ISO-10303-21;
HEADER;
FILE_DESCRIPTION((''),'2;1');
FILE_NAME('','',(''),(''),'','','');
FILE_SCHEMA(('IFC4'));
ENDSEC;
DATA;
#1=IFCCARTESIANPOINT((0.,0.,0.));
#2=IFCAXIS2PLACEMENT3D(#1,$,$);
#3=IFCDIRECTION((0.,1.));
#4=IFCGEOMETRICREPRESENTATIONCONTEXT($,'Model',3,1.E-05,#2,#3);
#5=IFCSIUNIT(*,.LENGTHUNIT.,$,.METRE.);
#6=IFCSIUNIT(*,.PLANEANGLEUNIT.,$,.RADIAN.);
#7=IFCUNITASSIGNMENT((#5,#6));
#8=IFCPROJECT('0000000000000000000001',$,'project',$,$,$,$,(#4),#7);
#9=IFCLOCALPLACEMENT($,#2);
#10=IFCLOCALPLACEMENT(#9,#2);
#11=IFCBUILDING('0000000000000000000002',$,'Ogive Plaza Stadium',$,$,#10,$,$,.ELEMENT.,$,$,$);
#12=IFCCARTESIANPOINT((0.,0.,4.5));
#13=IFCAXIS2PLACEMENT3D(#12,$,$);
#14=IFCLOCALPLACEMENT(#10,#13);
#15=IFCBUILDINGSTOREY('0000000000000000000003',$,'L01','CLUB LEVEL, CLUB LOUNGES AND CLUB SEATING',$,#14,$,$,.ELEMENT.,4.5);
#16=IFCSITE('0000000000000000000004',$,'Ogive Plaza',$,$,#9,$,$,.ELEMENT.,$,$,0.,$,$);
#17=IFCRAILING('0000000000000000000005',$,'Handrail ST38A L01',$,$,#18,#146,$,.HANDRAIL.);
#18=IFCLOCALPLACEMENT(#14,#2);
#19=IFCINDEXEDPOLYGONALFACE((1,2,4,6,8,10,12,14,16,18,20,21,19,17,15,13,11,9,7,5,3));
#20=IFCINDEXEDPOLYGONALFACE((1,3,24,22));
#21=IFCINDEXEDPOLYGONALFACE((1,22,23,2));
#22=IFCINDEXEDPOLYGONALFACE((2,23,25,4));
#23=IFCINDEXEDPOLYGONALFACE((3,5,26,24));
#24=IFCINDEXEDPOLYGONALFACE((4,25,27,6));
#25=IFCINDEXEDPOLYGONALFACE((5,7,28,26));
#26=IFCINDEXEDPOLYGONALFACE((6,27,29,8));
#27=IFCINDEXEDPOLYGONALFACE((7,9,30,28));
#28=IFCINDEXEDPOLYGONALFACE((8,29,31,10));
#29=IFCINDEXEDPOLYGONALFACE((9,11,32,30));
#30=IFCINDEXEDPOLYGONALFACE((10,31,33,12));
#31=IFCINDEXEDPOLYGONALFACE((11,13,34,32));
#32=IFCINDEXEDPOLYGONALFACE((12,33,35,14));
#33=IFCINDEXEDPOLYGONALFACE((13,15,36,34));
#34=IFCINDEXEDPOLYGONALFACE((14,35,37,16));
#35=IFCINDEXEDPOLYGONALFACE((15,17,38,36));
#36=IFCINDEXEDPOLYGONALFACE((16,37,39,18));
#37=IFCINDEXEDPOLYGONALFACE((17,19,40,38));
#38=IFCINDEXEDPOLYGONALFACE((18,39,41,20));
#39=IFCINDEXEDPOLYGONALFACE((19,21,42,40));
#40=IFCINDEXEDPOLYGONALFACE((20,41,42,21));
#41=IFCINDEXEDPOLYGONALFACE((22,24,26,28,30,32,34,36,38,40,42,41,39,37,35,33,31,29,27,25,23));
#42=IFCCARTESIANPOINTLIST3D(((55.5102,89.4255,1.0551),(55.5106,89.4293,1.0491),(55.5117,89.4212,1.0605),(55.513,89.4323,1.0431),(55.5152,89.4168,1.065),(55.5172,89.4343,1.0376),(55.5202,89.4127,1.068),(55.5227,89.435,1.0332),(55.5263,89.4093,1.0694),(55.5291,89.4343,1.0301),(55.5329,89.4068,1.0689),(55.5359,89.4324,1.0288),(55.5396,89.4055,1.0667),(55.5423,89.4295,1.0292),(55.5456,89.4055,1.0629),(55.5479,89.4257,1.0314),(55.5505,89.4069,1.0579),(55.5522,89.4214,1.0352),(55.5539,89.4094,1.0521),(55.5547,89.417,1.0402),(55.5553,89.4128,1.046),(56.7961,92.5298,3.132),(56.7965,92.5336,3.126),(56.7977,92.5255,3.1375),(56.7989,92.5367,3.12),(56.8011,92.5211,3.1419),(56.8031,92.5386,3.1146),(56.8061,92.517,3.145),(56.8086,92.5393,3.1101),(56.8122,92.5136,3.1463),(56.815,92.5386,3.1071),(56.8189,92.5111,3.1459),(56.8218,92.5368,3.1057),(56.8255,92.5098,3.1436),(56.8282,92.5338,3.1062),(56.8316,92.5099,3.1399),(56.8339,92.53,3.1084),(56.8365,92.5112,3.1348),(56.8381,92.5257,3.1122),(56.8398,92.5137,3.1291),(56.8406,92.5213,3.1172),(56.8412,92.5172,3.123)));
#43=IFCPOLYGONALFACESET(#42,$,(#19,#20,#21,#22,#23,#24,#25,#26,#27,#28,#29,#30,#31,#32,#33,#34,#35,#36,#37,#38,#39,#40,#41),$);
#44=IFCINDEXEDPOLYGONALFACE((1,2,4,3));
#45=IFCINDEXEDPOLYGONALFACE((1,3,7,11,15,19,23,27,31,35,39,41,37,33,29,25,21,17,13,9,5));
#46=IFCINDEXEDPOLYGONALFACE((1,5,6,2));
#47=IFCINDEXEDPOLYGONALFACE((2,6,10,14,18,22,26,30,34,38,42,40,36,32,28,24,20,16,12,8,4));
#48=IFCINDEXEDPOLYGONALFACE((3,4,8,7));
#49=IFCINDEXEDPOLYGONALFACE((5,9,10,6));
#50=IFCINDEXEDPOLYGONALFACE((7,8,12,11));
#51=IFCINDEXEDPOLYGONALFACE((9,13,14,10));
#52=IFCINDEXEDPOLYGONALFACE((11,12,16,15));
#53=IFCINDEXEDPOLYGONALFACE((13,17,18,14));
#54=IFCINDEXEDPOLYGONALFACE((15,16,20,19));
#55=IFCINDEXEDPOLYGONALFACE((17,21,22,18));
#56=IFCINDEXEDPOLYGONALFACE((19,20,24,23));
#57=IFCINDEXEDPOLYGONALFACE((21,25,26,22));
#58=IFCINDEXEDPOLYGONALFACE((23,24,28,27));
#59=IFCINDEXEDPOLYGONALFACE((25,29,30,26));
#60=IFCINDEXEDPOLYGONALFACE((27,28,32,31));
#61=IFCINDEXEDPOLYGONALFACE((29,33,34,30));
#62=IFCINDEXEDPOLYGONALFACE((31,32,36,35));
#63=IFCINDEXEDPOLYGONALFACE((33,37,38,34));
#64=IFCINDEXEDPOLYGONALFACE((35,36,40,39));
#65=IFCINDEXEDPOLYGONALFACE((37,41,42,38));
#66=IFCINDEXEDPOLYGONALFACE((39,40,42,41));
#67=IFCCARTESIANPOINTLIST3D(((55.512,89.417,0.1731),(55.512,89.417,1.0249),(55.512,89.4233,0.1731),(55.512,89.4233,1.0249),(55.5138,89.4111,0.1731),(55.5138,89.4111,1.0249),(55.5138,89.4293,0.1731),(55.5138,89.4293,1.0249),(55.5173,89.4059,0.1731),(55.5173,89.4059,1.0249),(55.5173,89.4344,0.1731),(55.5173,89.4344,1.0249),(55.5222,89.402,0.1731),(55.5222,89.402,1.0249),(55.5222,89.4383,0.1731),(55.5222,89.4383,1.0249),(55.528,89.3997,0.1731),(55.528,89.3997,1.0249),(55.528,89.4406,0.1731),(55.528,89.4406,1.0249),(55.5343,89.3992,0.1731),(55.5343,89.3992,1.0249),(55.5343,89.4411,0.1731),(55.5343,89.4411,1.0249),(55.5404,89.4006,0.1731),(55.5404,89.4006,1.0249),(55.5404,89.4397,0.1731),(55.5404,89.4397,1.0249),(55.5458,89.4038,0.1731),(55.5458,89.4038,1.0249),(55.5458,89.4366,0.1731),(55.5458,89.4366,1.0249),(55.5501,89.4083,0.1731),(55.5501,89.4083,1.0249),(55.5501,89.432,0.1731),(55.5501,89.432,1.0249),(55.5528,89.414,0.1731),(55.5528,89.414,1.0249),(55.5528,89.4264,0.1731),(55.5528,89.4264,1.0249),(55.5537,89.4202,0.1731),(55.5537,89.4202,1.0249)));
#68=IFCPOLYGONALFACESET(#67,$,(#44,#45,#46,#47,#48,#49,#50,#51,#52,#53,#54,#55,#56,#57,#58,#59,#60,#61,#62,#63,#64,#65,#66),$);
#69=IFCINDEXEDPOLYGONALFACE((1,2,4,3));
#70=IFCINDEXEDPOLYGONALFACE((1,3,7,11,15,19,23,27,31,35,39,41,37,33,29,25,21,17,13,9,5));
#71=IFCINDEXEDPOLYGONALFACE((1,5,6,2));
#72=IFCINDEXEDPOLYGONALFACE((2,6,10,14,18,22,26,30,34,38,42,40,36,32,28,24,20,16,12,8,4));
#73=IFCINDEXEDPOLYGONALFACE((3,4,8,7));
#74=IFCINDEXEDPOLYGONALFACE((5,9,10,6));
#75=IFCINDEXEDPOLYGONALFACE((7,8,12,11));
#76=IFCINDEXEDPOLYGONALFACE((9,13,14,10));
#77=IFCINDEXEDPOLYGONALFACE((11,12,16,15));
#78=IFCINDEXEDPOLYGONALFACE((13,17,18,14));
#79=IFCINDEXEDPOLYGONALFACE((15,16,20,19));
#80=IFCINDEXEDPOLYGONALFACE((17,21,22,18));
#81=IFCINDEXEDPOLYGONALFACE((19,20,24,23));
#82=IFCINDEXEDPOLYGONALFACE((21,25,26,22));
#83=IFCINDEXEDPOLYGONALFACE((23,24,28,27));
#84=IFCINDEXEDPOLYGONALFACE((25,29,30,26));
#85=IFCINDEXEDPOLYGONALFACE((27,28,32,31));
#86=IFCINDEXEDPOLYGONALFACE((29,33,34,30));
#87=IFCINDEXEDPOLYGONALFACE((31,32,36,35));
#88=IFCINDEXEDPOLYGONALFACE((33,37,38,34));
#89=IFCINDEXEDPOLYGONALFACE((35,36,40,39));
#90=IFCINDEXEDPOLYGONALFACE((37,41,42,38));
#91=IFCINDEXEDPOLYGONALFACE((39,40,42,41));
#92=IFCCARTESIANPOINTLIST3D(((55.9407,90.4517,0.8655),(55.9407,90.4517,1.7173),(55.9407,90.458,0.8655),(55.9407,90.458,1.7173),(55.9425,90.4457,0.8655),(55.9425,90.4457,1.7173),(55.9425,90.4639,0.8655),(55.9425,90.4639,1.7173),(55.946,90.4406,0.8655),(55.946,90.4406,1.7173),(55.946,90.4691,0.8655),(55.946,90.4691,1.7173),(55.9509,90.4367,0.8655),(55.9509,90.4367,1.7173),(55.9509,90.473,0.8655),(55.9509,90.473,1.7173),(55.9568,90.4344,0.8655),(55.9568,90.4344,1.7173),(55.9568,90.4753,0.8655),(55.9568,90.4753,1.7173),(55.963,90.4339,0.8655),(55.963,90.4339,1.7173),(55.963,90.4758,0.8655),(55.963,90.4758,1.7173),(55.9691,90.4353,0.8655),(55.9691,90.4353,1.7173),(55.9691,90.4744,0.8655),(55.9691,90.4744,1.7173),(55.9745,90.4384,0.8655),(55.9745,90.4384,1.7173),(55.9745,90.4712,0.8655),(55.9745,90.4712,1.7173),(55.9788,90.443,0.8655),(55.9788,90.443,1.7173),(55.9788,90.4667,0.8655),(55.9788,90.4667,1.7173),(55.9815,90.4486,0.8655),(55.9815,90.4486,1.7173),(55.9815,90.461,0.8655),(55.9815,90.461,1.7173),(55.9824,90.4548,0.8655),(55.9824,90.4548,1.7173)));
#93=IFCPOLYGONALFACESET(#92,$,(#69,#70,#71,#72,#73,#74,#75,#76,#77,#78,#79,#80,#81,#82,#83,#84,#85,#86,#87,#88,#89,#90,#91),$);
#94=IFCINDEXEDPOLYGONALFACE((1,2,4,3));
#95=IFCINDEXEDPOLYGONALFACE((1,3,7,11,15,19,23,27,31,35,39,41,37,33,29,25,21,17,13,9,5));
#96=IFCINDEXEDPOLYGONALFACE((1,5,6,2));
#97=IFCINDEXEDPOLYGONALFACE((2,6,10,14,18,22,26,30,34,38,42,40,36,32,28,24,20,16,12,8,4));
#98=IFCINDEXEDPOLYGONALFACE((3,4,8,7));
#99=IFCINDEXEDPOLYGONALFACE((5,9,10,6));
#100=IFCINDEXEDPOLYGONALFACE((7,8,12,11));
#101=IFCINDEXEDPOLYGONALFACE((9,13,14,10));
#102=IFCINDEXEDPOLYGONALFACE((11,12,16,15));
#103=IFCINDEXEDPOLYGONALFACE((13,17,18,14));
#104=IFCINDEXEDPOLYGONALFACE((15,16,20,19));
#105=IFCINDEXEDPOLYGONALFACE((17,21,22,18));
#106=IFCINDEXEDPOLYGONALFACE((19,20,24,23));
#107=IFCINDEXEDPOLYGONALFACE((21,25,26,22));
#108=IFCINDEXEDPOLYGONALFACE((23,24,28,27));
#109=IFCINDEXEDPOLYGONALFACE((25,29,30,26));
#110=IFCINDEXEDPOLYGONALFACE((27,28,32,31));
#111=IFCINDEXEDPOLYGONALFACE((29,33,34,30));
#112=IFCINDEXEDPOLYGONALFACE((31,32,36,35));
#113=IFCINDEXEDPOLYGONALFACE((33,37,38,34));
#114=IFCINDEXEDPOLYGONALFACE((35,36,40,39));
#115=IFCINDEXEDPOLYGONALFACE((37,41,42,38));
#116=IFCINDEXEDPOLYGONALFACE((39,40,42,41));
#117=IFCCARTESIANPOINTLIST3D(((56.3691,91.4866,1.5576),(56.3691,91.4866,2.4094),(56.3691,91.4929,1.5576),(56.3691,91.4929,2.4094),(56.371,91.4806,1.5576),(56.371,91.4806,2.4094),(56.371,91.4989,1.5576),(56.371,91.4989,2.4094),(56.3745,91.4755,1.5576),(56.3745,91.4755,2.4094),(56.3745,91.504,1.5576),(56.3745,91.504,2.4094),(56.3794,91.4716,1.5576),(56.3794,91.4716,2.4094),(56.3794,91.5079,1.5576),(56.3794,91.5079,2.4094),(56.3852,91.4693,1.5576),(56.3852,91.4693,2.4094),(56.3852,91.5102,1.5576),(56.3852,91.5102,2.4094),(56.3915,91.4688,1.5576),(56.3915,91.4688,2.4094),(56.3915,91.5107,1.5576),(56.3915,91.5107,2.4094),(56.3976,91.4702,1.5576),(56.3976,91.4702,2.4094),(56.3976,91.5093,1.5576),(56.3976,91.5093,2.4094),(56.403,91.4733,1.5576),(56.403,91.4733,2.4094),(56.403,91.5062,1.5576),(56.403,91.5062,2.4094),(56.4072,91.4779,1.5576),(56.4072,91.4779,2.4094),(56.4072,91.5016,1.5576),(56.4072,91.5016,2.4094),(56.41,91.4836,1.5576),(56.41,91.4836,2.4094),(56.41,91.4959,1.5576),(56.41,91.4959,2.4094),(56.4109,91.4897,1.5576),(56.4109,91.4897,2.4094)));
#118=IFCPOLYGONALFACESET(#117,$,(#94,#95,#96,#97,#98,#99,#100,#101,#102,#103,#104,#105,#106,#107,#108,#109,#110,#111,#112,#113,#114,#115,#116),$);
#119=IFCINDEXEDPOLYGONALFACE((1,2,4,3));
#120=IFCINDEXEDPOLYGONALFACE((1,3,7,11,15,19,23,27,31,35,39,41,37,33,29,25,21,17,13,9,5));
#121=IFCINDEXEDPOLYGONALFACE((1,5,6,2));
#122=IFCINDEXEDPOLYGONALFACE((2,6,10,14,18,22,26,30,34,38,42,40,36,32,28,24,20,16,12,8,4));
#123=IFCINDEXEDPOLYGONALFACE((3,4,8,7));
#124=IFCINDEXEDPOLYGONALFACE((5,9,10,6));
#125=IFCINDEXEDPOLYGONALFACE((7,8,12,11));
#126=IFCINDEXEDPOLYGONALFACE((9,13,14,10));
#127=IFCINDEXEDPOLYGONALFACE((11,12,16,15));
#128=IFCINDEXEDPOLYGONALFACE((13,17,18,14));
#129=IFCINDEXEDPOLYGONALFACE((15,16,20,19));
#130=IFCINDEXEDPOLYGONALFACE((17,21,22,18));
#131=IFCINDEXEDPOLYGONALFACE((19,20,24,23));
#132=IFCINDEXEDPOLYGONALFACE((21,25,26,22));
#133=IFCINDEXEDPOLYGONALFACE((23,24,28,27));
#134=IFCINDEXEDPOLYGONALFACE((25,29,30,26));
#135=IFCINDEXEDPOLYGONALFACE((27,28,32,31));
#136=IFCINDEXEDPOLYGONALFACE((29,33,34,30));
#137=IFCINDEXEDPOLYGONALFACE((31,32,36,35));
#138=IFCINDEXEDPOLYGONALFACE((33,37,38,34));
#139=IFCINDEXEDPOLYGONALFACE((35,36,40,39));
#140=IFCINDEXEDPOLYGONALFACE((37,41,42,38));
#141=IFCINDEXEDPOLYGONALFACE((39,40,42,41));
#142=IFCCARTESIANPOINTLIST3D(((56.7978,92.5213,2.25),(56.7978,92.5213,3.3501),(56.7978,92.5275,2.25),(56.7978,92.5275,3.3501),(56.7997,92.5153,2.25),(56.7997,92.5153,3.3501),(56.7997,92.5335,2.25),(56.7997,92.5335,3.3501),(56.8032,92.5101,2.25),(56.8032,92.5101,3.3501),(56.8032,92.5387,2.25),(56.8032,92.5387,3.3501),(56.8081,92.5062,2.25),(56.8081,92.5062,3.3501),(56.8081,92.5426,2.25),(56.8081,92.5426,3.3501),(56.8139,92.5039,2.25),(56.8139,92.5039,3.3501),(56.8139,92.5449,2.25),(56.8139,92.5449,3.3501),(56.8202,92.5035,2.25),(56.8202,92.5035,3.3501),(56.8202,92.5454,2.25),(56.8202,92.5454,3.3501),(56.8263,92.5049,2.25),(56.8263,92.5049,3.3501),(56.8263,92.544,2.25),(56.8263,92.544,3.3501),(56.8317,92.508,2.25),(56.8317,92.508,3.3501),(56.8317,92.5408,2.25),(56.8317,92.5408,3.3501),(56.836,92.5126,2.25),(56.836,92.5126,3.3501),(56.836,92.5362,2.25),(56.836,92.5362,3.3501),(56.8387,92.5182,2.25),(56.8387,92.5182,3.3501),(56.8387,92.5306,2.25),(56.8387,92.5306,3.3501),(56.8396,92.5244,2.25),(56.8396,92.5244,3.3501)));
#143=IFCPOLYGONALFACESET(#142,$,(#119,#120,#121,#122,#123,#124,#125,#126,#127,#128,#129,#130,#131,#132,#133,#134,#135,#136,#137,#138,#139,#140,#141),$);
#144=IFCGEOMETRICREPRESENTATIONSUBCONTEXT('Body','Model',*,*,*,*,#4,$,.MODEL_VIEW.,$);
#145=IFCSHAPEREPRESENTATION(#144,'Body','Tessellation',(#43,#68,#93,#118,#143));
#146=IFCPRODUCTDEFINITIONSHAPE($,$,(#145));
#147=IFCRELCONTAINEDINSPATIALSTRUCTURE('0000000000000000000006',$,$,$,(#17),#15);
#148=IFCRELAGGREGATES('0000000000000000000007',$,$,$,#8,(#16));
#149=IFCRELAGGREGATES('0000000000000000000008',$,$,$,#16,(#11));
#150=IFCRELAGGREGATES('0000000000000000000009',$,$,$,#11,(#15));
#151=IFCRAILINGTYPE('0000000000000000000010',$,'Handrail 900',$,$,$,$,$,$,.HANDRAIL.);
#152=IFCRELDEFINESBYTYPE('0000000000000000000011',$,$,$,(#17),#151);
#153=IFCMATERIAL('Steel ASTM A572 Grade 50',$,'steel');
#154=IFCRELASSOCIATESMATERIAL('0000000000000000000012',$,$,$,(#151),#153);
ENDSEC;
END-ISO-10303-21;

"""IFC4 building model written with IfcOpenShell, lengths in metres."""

from ifc_helpers import new_model, si_unit, direction, frame, origin, origin_2d, place, context, subcontext, project, spatial, circle, extrude, material, type_object, element, save


model = new_model("IFC4")

# Units and contexts
model_context = context("Model", 3, precision=1e-05, world=origin(), true_north=direction((0.0, 1.0)))
body_context = subcontext(model_context, "Body", "Model", "MODEL_VIEW")
ifc_project = project(units=[si_unit("LENGTHUNIT", "METRE"), si_unit("PLANEANGLEUNIT", "RADIAN")], contexts=[model_context])

# Site, building, storey
site_placement = place(None, origin())
site = spatial("IfcSite", under=ifc_project, at=site_placement, Name="Ogive Plaza", CompositionType="ELEMENT", RefElevation=0.0)
building_placement = place(site_placement, origin())
building = spatial("IfcBuilding", under=site, at=building_placement, Name="Ogive Plaza Stadium", CompositionType="ELEMENT")
storey_placement = place(building_placement, frame((0.0, 0.0, 4.5)))
storey = spatial("IfcBuildingStorey", under=building, at=storey_placement, Name="L01", Description="CLUB LEVEL, CLUB LOUNGES AND CLUB SEATING", CompositionType="ELEMENT", Elevation=4.5)

# Railing
ifc_material_1 = material(Name="Steel ASTM A572 Grade 50", Category="steel")
railing_type_1 = type_object("IfcRailingType", Name="Handrail 900", PredefinedType="HANDRAIL", material=ifc_material_1)
railing_1_placement = place(storey_placement, frame((55.5327, 89.4202, 0.1731)))
element("IfcRailing", 1, at=railing_1_placement, inside=storey, type_object=railing_type_1, Name="Handrail ST38A L01", PredefinedType="HANDRAIL", context=body_context, shape_type="SweptSolid", body=[
    extrude(circle(Radius=0.0239, at=origin_2d()), frame((0.0, 0.0, 0.876), z_axis=(0.325532, 0.785863, 0.525783), x_axis=(-0.923872, 0.3827, 0.0)), (0.0, 0.0, 1.0), 3.9502),
    extrude(circle(Radius=0.021, at=origin_2d()), origin(), (0.0, 0.0, 1.0), 0.8518),
    extrude(circle(Radius=0.021, at=origin_2d()), frame((0.4287, 1.0347, 0.6924)), (0.0, 0.0, 1.0), 0.8518),
    extrude(circle(Radius=0.021, at=origin_2d()), frame((0.8572, 2.0696, 1.3845)), (0.0, 0.0, 1.0), 0.8518),
    extrude(circle(Radius=0.021, at=origin_2d()), frame((1.2859, 3.1042, 2.0769)), (0.0, 0.0, 1.0), 1.1001),
])

save(model, "model.ifc")
